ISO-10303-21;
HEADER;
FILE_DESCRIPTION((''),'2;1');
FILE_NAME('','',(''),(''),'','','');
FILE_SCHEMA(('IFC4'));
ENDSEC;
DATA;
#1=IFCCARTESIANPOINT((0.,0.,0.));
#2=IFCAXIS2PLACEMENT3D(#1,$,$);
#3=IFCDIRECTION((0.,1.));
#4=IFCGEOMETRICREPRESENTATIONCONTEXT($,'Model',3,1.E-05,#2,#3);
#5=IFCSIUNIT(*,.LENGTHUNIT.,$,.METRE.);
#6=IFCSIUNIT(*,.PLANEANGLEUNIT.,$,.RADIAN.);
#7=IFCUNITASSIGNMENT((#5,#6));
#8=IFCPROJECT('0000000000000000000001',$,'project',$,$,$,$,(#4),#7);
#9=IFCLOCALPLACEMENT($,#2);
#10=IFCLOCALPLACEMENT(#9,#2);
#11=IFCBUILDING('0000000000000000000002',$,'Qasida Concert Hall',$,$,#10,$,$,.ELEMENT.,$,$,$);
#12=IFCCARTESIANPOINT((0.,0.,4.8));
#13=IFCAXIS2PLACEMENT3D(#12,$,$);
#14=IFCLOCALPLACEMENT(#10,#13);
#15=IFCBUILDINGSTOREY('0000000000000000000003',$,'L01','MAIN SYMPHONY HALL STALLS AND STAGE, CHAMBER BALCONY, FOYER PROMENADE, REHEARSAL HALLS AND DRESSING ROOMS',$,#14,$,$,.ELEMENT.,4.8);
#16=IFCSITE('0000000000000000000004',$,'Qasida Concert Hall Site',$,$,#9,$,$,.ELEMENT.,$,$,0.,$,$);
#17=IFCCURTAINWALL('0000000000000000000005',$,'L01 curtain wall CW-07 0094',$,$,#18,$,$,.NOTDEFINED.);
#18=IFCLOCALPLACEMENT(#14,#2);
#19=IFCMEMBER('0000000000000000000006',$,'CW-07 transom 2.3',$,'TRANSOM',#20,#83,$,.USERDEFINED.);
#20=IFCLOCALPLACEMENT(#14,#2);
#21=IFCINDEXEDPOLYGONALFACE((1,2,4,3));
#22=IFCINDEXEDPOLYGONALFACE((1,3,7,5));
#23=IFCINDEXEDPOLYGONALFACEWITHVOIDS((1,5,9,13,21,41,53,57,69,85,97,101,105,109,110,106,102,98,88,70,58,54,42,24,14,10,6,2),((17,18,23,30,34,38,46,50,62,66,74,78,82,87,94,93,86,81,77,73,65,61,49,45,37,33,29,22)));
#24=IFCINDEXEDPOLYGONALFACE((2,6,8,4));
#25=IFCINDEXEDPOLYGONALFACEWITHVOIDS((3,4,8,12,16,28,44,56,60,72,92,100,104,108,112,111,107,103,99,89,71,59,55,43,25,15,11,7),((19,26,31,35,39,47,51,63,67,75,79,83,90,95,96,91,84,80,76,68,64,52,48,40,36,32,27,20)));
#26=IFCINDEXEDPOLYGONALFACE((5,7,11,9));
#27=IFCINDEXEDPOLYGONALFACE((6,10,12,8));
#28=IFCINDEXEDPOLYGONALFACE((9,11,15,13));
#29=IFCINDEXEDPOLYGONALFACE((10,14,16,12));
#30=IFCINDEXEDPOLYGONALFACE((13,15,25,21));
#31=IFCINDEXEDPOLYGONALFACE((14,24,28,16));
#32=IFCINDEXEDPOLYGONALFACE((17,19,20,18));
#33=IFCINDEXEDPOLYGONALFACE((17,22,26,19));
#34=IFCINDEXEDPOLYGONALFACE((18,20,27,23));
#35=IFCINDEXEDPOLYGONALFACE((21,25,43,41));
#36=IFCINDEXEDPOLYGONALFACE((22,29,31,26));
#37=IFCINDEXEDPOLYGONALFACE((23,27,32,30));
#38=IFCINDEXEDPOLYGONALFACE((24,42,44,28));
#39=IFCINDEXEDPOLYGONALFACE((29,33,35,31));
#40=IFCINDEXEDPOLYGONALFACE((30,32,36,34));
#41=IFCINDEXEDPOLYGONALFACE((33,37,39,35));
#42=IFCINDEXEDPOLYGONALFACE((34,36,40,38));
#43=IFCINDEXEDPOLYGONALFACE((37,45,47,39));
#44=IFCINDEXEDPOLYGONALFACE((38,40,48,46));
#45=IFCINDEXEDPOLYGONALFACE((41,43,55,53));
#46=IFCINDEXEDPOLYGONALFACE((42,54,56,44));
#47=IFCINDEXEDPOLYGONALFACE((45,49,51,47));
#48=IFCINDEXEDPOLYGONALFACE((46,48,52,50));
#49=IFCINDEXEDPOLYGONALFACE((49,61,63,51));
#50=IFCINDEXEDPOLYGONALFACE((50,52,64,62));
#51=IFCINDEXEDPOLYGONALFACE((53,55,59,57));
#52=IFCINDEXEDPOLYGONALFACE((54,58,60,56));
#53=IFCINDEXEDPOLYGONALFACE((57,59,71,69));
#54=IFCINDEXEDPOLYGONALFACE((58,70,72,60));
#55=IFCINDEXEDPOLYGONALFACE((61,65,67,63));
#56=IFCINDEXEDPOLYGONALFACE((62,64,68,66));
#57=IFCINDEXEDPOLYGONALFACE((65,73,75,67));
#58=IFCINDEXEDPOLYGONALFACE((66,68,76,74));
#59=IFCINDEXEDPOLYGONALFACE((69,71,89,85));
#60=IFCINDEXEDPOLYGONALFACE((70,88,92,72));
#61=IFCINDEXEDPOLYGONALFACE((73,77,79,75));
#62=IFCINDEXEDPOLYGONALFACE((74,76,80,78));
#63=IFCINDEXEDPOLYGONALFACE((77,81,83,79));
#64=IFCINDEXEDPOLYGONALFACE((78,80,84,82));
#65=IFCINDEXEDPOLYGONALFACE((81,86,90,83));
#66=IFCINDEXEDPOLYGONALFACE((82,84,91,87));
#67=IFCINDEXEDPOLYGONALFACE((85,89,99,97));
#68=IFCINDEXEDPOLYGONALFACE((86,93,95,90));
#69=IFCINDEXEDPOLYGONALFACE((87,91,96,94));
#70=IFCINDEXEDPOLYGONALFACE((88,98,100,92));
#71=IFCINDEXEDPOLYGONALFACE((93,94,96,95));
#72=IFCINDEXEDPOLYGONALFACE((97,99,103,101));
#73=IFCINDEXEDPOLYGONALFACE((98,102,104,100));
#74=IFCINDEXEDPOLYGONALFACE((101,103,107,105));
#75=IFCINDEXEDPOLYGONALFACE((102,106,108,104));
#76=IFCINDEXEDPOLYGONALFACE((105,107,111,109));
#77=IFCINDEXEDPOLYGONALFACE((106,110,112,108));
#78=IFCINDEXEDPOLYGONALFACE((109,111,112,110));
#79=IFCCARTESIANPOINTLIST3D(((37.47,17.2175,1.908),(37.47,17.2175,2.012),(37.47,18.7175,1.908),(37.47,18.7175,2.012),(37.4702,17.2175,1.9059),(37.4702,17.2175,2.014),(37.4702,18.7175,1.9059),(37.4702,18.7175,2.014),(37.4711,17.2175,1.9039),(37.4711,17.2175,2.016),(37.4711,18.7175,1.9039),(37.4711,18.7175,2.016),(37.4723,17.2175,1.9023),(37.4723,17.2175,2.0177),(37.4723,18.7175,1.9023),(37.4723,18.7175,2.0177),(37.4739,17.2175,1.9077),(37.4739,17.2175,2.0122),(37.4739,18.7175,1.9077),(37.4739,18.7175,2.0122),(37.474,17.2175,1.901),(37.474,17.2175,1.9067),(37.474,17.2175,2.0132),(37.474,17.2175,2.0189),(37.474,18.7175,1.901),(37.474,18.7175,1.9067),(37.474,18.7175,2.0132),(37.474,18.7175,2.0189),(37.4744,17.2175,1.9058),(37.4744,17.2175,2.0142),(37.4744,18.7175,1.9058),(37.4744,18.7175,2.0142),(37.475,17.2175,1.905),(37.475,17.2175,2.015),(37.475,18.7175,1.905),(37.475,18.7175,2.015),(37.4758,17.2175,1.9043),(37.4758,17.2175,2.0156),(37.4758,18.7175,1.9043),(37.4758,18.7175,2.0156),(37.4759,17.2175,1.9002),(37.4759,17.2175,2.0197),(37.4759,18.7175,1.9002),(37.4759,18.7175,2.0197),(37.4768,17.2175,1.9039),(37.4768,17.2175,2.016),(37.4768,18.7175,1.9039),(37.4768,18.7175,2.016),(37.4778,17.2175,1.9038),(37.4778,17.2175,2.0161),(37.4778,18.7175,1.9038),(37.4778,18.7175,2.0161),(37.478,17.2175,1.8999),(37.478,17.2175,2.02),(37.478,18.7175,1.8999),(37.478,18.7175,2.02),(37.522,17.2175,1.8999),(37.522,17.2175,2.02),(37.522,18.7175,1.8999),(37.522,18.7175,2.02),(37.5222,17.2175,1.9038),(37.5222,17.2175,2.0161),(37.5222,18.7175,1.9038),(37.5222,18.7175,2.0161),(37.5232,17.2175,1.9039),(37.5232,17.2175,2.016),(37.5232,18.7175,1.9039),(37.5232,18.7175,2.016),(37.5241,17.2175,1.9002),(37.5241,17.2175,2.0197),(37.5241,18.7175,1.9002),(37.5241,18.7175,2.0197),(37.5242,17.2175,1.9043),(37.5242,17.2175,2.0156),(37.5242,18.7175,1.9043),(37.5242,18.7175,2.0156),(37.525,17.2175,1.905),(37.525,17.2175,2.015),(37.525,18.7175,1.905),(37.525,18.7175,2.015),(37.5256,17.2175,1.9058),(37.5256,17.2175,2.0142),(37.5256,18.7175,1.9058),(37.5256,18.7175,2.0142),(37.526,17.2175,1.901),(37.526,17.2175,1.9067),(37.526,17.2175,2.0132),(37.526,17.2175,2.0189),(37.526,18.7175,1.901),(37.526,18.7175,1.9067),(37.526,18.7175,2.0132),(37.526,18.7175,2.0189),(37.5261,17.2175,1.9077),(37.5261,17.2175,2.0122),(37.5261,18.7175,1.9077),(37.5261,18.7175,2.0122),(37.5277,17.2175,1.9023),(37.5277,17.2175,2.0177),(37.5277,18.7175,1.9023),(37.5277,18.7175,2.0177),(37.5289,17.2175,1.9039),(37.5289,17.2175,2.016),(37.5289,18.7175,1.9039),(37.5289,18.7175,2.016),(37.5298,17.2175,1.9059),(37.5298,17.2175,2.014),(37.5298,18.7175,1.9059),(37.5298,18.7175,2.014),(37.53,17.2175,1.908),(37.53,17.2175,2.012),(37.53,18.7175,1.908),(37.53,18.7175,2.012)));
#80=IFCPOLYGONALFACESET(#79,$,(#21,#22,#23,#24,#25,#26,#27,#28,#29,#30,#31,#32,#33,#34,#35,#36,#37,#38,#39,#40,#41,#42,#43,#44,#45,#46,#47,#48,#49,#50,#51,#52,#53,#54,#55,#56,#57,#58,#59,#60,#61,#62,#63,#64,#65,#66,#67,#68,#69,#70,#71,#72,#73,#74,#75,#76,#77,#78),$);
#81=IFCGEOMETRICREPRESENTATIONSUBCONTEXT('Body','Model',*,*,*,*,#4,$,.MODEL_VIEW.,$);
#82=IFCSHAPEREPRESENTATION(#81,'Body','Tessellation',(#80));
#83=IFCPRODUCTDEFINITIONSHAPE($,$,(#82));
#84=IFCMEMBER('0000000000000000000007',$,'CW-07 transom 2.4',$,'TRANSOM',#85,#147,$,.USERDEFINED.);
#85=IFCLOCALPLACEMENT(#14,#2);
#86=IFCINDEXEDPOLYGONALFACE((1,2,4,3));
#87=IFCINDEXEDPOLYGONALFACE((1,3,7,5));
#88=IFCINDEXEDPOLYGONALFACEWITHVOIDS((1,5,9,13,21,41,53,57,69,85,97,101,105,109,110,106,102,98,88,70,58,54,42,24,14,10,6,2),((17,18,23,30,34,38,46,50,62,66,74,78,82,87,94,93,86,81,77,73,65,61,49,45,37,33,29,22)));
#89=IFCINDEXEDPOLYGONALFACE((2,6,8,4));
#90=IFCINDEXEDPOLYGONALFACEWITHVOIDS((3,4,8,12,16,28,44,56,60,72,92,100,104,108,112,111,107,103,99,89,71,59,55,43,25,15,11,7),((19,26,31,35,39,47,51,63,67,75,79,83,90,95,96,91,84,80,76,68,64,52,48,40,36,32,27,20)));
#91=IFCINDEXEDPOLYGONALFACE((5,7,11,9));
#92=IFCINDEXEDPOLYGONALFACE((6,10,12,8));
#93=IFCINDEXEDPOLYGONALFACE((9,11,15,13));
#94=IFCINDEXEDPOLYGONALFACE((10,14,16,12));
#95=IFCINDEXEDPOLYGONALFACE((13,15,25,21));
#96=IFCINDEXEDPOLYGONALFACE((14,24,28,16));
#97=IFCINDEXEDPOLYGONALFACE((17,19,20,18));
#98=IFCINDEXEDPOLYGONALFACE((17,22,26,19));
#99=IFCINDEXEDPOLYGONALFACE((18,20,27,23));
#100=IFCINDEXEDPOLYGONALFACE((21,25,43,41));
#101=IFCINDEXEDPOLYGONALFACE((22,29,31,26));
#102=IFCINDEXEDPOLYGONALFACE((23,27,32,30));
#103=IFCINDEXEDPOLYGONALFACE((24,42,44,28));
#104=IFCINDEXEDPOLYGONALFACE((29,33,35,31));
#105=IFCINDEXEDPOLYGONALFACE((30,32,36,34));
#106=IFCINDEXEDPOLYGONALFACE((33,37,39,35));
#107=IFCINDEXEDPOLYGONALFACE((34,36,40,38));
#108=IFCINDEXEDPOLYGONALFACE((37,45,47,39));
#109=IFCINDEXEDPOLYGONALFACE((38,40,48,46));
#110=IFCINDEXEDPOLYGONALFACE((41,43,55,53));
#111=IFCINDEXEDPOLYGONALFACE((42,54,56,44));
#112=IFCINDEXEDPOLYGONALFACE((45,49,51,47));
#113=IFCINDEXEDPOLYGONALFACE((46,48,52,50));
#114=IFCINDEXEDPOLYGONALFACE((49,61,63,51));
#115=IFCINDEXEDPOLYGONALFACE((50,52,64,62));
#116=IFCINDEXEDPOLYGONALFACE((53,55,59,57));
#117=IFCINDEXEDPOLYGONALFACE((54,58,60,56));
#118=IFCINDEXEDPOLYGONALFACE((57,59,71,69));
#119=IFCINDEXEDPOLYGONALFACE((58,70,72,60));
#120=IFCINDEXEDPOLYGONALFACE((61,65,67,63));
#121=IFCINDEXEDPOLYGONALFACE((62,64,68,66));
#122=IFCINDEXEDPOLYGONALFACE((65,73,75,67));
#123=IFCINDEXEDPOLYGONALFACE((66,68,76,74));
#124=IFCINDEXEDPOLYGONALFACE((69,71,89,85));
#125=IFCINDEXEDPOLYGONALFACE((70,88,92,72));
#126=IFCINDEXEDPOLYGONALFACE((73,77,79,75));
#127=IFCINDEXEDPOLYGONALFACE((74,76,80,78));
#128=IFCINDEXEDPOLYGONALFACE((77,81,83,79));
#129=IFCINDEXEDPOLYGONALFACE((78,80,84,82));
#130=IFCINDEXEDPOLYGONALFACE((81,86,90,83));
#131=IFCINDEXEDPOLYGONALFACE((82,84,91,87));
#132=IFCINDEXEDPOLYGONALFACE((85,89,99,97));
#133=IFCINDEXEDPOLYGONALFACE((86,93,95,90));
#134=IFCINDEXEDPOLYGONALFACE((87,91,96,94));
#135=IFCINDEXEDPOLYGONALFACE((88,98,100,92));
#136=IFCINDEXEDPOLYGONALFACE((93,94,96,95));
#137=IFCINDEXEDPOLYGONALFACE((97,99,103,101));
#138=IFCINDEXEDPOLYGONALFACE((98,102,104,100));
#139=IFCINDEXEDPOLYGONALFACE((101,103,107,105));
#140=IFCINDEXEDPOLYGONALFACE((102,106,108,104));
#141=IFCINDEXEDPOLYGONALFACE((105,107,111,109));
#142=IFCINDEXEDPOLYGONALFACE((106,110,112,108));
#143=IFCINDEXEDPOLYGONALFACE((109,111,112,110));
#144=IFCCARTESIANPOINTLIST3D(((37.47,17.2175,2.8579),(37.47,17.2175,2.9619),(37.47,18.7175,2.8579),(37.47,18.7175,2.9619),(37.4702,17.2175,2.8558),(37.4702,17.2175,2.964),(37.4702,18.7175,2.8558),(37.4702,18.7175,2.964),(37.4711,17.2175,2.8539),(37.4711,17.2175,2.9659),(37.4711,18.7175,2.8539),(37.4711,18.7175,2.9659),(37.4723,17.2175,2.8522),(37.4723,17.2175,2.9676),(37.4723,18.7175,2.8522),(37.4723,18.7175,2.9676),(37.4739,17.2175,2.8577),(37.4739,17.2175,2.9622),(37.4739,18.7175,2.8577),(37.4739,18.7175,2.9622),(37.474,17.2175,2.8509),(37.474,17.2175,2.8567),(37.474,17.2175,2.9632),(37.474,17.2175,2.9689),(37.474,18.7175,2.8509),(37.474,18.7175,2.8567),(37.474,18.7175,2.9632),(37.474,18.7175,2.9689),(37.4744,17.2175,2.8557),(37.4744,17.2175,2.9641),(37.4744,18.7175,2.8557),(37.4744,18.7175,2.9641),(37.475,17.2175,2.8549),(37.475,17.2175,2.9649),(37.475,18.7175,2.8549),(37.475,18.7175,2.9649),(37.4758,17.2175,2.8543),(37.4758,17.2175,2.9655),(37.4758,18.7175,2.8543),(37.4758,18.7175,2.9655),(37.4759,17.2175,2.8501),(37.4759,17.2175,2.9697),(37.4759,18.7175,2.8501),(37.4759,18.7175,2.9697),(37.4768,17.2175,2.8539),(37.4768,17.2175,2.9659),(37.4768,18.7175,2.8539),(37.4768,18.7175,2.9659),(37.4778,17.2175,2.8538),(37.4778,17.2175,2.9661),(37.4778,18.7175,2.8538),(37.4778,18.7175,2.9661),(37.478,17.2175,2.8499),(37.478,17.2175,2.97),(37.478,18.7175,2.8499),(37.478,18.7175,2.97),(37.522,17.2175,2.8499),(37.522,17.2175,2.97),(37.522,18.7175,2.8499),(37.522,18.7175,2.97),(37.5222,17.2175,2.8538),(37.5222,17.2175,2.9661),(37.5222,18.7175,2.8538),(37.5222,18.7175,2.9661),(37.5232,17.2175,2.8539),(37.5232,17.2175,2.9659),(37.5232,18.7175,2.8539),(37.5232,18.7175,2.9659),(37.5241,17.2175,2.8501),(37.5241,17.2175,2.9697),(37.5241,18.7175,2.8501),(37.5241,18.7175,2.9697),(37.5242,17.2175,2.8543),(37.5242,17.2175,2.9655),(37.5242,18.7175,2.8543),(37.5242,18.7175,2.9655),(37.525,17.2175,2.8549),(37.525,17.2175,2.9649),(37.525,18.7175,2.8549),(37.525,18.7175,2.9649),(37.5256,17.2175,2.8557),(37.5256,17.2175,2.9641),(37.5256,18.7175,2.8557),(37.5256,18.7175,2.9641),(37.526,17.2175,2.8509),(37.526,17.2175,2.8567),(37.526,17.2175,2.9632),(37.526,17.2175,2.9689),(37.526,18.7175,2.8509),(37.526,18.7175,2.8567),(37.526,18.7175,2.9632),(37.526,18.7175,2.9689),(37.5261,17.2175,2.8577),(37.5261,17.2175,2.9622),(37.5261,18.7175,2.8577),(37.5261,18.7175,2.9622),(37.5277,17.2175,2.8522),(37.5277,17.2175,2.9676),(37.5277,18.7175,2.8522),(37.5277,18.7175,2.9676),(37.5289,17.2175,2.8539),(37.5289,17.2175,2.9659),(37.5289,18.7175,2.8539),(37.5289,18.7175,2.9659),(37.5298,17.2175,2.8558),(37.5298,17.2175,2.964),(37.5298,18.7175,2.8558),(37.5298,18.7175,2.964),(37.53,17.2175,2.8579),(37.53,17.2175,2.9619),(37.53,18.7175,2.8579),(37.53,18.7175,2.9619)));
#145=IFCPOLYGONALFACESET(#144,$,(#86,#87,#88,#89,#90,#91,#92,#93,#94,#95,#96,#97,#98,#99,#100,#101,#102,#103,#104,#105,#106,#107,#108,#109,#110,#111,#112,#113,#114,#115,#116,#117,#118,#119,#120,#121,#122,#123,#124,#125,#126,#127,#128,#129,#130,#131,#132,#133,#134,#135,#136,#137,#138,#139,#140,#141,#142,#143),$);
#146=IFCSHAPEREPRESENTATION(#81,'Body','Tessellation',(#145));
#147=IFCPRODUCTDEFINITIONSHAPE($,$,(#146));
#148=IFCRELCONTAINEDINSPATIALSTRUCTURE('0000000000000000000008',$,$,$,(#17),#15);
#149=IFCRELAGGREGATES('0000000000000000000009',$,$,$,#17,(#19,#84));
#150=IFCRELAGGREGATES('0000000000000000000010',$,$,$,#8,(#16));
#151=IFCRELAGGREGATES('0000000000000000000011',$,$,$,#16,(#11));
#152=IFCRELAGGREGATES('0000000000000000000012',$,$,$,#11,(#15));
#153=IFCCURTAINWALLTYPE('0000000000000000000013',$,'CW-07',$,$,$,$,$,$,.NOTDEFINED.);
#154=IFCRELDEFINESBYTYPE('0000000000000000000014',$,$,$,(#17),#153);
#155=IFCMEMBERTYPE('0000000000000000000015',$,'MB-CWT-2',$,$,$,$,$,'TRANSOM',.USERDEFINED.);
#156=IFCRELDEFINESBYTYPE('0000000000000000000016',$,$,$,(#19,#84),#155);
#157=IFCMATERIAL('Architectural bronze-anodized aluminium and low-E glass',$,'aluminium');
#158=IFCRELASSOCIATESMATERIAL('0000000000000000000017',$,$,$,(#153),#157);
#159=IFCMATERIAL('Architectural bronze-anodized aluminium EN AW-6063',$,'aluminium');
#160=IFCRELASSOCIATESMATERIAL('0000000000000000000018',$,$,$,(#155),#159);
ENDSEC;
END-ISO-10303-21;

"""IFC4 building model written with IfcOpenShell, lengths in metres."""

from ifc_helpers import new_model, si_unit, direction, frame, origin, origin_2d, place, context, subcontext, project, spatial, hollow_rectangle, extrude, material, material_profile, profile_set, type_object, element, aggregate, save


model = new_model("IFC4")

# Units and contexts
model_context = context("Model", 3, precision=1e-05, world=origin(), true_north=direction((0.0, 1.0)))
body_context = subcontext(model_context, "Body", "Model", "MODEL_VIEW")
ifc_project = project(units=[si_unit("LENGTHUNIT", "METRE"), si_unit("PLANEANGLEUNIT", "RADIAN")], contexts=[model_context])

# Site, building, storey
site_placement = place(None, origin())
site = spatial("IfcSite", under=ifc_project, at=site_placement, Name="Qasida Concert Hall Site", CompositionType="ELEMENT", RefElevation=0.0)
building_placement = place(site_placement, origin())
building = spatial("IfcBuilding", under=site, at=building_placement, Name="Qasida Concert Hall", CompositionType="ELEMENT")
storey_placement = place(building_placement, frame((0.0, 0.0, 4.8)))
storey = spatial("IfcBuildingStorey", under=building, at=storey_placement, Name="L01", Description="MAIN SYMPHONY HALL STALLS AND STAGE, CHAMBER BALCONY, FOYER PROMENADE, REHEARSAL HALLS AND DRESSING ROOMS", CompositionType="ELEMENT", Elevation=4.8)

# Curtain wall, members
ifc_material_1 = material(Name="Architectural bronze-anodized aluminium and low-E glass", Category="aluminium")
curtain_wall_type = type_object("IfcCurtainWallType", Name="CW-07", PredefinedType="NOTDEFINED", material=ifc_material_1)
curtain_wall_placement = place(storey_placement, origin())
curtain_wall = element("IfcCurtainWall", 1, at=curtain_wall_placement, inside=storey, type_object=curtain_wall_type, Name="L01 curtain wall CW-07 0094", PredefinedType="NOTDEFINED")
ifc_material_2 = material(Name="Architectural bronze-anodized aluminium EN AW-6063", Category="aluminium")
ifc_material_profile_1 = material_profile(ifc_material_2, hollow_rectangle(XDim=0.0601, YDim=0.1201, WallThickness=0.0039, InnerFilletRadius=0.0039, OuterFilletRadius=0.0081, at=origin_2d()), Name="CWT 120x60x4")
ifc_profile_set_1 = profile_set([ifc_material_profile_1], Name="Architectural bronze-anodized aluminium EN AW-6063")
member_type_1 = type_object("IfcMemberType", Name="MB-CWT-2", ElementType="TRANSOM", PredefinedType="USERDEFINED", material=ifc_profile_set_1)
member_1_placement = place(storey_placement, frame((37.5, 17.2175, 1.96), z_axis=(0.0, 1.0, 0.0), x_axis=(-1.0, 0.0, 0.0)))
member_1 = element("IfcMember", 2, at=member_1_placement, type_object=member_type_1, Name="CW-07 transom 2.3", ObjectType="TRANSOM", PredefinedType="USERDEFINED", context=body_context, shape_type="SweptSolid", body=[
    extrude(hollow_rectangle(XDim=0.0601, YDim=0.1201, WallThickness=0.0039, InnerFilletRadius=0.0039, OuterFilletRadius=0.0081, at=origin_2d()), origin(), (0.0, 0.0, 1.0), 1.5),
])
member_2_placement = place(storey_placement, frame((37.5, 17.2175, 2.9099), z_axis=(0.0, 1.0, 0.0), x_axis=(-1.0, 0.0, 0.0)))
member_2 = element("IfcMember", 3, at=member_2_placement, type_object=member_type_1, Name="CW-07 transom 2.4", ObjectType="TRANSOM", PredefinedType="USERDEFINED", context=body_context, shape_type="SweptSolid", body=[
    extrude(hollow_rectangle(XDim=0.0601, YDim=0.1201, WallThickness=0.0039, InnerFilletRadius=0.0039, OuterFilletRadius=0.0081, at=origin_2d()), origin(), (0.0, 0.0, 1.0), 1.5),
])
aggregate(curtain_wall, [member_1, member_2])

save(model, "model.ifc")
